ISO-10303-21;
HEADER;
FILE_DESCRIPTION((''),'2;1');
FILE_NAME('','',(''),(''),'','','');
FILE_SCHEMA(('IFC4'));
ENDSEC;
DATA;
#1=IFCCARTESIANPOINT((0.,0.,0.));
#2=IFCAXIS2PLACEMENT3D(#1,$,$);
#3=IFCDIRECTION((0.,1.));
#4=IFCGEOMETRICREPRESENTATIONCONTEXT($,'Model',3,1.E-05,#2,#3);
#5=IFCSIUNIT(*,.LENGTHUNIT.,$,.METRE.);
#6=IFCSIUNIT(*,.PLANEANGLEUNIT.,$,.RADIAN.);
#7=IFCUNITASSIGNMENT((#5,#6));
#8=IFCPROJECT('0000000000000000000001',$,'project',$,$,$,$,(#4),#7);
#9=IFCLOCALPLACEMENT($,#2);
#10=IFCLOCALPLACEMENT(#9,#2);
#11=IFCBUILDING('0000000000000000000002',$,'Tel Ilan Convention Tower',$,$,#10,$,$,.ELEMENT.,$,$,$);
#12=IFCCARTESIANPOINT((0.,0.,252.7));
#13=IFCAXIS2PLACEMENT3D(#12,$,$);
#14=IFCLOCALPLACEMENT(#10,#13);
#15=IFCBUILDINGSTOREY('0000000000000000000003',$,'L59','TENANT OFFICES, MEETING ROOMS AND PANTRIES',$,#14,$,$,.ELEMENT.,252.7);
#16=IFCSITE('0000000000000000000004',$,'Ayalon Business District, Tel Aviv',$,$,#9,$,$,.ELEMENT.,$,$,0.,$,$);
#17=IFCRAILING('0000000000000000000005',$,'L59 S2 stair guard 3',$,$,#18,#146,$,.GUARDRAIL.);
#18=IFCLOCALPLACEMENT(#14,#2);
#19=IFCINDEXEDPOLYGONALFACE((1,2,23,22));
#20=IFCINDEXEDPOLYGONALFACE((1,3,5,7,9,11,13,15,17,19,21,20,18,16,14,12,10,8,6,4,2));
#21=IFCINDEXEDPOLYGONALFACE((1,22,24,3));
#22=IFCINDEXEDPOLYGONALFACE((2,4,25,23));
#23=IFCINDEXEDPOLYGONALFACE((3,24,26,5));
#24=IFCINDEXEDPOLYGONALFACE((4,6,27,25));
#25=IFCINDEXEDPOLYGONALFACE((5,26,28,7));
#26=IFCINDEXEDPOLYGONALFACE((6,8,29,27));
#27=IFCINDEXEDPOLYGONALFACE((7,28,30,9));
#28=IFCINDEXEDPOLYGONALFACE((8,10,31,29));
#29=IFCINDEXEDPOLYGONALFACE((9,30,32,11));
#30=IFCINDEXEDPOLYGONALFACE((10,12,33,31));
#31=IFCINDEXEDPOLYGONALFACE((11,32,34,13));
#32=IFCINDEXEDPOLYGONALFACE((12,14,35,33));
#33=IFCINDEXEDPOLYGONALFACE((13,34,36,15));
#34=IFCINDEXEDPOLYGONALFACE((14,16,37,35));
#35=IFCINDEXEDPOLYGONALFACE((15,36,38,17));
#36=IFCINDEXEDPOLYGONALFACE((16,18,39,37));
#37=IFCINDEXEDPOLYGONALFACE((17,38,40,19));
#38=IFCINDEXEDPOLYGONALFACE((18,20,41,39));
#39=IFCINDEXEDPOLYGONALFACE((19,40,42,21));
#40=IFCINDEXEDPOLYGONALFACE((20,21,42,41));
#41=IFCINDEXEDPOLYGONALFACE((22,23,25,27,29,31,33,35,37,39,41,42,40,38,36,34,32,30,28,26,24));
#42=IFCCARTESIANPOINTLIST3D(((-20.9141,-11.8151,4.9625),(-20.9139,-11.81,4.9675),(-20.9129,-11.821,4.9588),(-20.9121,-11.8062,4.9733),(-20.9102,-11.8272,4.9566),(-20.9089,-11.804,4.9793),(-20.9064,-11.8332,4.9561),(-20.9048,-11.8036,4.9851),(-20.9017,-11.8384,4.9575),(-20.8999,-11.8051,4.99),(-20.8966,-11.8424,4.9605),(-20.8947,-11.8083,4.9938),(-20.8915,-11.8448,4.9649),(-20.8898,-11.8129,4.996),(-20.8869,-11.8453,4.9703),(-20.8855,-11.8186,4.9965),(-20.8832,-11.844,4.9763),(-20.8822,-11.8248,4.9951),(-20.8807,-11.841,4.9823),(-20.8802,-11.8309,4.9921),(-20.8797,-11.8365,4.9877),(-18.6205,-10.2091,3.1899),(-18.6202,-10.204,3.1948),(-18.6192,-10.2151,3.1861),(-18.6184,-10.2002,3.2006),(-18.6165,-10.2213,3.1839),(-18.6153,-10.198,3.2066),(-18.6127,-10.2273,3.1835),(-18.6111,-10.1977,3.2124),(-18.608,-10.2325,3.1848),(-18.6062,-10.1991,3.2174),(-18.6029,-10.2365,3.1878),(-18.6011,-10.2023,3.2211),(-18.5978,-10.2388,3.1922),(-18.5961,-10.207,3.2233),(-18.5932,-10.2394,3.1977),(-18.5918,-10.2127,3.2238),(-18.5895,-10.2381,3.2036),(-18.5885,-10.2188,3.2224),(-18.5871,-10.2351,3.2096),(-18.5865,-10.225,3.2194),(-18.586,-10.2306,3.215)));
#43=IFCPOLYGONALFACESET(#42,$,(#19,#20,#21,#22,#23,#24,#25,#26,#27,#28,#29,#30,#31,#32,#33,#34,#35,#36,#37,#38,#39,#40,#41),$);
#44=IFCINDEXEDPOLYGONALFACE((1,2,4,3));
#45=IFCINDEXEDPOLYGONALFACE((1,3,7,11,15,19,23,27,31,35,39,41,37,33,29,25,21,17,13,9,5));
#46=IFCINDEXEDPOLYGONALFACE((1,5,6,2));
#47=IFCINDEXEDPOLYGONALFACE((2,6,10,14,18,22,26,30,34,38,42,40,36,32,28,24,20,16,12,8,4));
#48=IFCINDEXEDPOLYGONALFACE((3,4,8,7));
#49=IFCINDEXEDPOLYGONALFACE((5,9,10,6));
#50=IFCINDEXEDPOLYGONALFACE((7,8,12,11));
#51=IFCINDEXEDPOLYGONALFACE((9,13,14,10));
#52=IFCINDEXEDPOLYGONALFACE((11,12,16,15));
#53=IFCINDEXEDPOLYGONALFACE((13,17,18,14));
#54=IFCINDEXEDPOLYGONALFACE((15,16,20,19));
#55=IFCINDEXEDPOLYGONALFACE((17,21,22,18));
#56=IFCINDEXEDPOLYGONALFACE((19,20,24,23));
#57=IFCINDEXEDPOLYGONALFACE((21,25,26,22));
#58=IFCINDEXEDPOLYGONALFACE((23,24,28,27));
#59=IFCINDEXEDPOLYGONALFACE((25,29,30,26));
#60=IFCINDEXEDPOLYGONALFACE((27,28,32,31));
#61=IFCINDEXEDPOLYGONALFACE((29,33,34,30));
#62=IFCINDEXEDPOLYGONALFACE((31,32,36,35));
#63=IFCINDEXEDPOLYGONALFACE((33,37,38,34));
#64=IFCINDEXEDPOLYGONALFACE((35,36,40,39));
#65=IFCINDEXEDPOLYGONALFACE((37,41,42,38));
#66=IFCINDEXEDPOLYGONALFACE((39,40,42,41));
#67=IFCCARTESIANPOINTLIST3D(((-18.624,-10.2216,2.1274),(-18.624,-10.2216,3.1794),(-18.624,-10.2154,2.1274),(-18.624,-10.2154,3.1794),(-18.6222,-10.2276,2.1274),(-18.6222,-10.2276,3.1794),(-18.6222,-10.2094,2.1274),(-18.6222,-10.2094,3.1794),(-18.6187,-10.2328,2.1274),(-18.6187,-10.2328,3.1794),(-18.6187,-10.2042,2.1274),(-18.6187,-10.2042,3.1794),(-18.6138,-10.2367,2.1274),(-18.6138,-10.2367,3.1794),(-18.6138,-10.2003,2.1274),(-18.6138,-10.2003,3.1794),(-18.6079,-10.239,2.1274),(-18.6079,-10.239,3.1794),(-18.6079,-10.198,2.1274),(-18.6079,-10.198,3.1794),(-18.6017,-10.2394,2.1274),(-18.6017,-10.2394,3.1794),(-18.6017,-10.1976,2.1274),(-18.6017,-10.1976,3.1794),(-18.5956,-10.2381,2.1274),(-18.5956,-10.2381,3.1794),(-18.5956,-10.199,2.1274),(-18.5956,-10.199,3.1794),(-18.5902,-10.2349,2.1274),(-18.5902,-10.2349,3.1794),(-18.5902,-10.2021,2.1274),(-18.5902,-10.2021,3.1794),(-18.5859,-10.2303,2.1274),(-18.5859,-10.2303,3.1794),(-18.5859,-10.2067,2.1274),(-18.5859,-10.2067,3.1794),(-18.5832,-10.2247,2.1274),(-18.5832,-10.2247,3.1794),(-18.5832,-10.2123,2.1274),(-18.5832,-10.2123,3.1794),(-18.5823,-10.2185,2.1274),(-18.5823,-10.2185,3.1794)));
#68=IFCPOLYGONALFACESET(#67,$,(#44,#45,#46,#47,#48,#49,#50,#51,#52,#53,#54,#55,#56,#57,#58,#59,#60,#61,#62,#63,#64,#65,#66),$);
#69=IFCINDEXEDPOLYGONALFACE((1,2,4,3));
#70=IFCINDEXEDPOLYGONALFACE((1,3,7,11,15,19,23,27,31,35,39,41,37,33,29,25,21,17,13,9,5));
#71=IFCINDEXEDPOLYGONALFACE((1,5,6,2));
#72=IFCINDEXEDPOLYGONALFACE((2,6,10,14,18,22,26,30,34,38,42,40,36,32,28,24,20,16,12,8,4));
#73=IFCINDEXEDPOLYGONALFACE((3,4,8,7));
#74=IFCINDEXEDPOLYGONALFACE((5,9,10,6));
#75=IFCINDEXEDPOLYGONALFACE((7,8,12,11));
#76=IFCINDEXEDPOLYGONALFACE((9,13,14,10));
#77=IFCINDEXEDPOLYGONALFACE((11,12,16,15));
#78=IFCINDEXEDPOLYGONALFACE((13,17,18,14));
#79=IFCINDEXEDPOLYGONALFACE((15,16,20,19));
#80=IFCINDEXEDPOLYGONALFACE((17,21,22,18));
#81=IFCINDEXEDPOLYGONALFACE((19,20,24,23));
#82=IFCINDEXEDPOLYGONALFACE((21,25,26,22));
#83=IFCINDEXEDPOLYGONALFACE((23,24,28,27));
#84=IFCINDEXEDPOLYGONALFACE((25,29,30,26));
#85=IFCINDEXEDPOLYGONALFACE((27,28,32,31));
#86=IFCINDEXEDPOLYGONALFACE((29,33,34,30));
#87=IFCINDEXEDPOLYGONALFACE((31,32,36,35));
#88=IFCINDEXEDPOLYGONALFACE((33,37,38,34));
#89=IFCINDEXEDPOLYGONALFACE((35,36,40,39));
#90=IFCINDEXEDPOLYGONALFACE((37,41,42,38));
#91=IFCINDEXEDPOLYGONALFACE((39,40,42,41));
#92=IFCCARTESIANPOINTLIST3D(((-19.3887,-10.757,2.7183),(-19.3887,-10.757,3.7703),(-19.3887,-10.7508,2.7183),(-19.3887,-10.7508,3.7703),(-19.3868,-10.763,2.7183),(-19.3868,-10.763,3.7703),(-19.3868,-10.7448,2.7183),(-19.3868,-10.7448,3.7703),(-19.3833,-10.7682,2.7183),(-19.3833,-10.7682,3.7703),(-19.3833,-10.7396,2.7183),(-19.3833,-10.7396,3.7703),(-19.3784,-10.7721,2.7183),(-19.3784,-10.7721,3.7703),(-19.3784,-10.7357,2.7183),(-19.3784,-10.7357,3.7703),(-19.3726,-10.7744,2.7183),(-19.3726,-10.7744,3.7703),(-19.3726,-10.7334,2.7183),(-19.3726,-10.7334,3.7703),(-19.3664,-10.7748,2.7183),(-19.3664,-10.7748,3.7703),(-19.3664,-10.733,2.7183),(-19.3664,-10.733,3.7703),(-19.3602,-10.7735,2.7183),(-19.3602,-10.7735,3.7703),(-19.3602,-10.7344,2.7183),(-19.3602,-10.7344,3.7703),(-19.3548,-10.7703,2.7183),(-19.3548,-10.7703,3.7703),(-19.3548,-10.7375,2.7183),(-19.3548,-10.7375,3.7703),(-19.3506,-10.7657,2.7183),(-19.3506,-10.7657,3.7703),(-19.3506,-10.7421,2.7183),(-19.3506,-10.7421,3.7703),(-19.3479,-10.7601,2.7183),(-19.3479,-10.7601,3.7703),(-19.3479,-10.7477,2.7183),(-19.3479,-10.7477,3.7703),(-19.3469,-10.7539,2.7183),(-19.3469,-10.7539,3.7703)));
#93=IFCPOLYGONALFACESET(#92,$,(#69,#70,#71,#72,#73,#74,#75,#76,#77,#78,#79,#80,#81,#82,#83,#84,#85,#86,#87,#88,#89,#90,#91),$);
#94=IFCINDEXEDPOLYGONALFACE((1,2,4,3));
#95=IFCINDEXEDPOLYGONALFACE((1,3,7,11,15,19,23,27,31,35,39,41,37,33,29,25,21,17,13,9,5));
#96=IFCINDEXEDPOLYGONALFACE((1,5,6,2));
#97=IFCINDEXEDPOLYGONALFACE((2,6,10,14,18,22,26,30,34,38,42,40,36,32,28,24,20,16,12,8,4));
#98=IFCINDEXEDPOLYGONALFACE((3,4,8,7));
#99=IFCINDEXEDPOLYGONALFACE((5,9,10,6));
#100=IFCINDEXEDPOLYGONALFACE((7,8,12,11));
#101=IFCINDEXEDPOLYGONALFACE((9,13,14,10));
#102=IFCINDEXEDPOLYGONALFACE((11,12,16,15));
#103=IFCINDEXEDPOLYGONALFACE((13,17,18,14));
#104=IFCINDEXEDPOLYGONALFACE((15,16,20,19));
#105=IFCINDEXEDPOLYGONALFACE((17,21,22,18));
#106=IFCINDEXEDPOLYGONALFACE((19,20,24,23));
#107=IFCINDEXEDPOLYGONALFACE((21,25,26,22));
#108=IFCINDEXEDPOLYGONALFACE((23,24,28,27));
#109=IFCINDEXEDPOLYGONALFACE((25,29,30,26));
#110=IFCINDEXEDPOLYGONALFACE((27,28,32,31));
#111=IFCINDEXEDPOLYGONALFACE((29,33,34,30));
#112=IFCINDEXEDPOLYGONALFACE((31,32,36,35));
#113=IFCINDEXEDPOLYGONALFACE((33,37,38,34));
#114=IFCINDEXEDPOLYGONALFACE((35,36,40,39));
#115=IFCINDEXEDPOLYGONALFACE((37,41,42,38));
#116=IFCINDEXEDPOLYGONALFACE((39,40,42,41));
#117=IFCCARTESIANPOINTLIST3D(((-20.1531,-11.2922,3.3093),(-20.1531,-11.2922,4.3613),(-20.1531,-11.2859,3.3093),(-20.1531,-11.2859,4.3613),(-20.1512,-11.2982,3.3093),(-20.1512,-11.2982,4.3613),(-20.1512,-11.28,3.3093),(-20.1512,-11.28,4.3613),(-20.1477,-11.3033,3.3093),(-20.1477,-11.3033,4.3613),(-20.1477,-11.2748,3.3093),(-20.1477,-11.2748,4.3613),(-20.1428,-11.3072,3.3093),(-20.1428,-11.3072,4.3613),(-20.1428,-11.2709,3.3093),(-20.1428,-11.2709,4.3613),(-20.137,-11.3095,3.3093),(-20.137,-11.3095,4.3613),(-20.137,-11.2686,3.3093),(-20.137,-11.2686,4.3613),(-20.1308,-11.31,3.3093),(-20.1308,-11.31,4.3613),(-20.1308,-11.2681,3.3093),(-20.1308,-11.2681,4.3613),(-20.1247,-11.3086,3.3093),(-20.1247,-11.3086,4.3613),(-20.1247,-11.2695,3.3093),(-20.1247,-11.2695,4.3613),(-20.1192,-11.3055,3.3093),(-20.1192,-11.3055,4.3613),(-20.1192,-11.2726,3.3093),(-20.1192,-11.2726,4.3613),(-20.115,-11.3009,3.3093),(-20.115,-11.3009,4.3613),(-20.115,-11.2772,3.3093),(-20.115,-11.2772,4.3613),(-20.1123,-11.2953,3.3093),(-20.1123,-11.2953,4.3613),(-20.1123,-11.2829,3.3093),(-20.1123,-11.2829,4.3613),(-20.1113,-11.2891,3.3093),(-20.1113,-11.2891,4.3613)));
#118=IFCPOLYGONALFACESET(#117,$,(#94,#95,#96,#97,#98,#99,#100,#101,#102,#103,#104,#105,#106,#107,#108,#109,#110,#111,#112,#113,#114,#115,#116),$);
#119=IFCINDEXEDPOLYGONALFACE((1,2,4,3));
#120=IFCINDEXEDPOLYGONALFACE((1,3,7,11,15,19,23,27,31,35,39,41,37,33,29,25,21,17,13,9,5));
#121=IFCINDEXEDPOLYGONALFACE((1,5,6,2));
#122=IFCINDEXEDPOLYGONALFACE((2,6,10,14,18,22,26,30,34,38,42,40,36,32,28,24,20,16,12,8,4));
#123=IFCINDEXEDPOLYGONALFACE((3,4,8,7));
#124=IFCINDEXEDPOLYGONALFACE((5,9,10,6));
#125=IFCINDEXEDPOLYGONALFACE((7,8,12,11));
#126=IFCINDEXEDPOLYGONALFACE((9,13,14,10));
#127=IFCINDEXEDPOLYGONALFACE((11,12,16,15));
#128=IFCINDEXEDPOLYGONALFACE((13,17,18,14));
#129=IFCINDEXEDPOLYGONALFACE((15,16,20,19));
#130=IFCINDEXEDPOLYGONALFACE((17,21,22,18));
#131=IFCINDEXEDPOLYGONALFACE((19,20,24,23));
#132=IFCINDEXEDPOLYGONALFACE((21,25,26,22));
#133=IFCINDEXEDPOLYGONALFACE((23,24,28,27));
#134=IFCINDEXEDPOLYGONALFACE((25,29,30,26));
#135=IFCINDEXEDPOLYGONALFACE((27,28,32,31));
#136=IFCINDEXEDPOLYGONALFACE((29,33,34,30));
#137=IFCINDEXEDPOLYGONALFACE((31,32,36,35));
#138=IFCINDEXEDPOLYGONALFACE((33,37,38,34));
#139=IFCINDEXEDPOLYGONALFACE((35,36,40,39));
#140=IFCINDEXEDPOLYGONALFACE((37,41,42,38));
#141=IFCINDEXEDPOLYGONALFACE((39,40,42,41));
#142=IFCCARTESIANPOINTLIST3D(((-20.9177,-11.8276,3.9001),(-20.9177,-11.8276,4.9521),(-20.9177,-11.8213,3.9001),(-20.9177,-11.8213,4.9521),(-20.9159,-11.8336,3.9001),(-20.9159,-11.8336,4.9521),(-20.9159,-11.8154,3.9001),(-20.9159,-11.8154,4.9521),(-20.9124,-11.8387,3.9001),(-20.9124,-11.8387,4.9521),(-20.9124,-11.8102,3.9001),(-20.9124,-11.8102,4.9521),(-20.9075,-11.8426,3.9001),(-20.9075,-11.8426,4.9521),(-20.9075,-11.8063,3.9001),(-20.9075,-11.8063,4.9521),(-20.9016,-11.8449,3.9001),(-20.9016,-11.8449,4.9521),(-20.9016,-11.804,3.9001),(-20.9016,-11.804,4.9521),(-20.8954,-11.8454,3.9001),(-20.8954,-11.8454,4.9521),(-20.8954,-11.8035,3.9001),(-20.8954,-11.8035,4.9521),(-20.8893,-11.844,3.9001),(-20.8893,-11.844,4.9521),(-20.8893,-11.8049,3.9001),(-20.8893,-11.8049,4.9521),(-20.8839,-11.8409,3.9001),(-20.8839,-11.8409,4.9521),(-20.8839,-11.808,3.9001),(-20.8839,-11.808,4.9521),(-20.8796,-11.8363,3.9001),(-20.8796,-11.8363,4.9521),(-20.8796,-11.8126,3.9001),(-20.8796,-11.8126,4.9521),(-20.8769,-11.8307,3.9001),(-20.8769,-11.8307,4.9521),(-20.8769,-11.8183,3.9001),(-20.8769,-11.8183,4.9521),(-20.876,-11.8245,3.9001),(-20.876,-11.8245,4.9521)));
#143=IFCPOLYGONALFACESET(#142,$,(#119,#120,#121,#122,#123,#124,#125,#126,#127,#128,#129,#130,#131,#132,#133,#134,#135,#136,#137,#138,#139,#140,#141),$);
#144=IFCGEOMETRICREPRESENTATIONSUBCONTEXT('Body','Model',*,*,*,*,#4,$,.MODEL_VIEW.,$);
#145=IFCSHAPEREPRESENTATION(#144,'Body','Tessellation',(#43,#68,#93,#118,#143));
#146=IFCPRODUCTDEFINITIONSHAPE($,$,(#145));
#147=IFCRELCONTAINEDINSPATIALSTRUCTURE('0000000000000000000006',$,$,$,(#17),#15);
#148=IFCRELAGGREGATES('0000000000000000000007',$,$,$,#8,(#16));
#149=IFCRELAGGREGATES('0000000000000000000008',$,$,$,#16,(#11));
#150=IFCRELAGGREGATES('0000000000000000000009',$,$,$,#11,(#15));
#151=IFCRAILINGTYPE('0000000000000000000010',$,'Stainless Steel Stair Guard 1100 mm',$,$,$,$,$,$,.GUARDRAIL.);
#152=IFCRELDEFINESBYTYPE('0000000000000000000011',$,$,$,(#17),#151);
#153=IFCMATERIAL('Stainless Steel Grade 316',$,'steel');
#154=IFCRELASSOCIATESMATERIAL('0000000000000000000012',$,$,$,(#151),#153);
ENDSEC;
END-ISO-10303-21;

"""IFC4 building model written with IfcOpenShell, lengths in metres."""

from ifc_helpers import new_model, si_unit, direction, frame, origin, origin_2d, place, context, subcontext, project, spatial, circle, extrude, material, type_object, element, save


model = new_model("IFC4")

# Units and contexts
model_context = context("Model", 3, precision=1e-05, world=origin(), true_north=direction((0.0, 1.0)))
body_context = subcontext(model_context, "Body", "Model", "MODEL_VIEW")
ifc_project = project(units=[si_unit("LENGTHUNIT", "METRE"), si_unit("PLANEANGLEUNIT", "RADIAN")], contexts=[model_context])

# Site, building, storey
site_placement = place(None, origin())
site = spatial("IfcSite", under=ifc_project, at=site_placement, Name="Ayalon Business District, Tel Aviv", CompositionType="ELEMENT", RefElevation=0.0)
building_placement = place(site_placement, origin())
building = spatial("IfcBuilding", under=site, at=building_placement, Name="Tel Ilan Convention Tower", CompositionType="ELEMENT")
storey_placement = place(building_placement, frame((0.0, 0.0, 252.7)))
storey = spatial("IfcBuildingStorey", under=building, at=storey_placement, Name="L59", Description="TENANT OFFICES, MEETING ROOMS AND PANTRIES", CompositionType="ELEMENT", Elevation=252.7)

# Railing
ifc_material_1 = material(Name="Stainless Steel Grade 316", Category="steel")
railing_type_1 = type_object("IfcRailingType", Name="Stainless Steel Stair Guard 1100 mm", PredefinedType="GUARDRAIL", material=ifc_material_1)
railing_1_placement = place(storey_placement, frame((-18.6033, -10.2185, 2.1274)))
element("IfcRailing", 1, at=railing_1_placement, inside=storey, type_object=railing_type_1, Name="L59 S2 stair guard 3", PredefinedType="GUARDRAIL", context=body_context, shape_type="SweptSolid", body=[
    extrude(circle(Radius=0.0239, at=origin_2d()), frame((0.0, 0.0, 1.0762), z_axis=(-0.692123, -0.484597, 0.534913), x_axis=(0.57355, -0.81917, 0.0)), (0.0, 0.0, 1.0), 3.314),
    extrude(circle(Radius=0.021, at=origin_2d()), origin(), (0.0, 0.0, 1.0), 1.052),
    extrude(circle(Radius=0.021, at=origin_2d()), frame((-0.7646, -0.5354, 0.5908)), (0.0, 0.0, 1.0), 1.052),
    extrude(circle(Radius=0.021, at=origin_2d()), frame((-1.5291, -1.0706, 1.1819)), (0.0, 0.0, 1.0), 1.052),
    extrude(circle(Radius=0.021, at=origin_2d()), frame((-2.2937, -1.606, 1.7727)), (0.0, 0.0, 1.0), 1.052),
])

save(model, "model.ifc")
